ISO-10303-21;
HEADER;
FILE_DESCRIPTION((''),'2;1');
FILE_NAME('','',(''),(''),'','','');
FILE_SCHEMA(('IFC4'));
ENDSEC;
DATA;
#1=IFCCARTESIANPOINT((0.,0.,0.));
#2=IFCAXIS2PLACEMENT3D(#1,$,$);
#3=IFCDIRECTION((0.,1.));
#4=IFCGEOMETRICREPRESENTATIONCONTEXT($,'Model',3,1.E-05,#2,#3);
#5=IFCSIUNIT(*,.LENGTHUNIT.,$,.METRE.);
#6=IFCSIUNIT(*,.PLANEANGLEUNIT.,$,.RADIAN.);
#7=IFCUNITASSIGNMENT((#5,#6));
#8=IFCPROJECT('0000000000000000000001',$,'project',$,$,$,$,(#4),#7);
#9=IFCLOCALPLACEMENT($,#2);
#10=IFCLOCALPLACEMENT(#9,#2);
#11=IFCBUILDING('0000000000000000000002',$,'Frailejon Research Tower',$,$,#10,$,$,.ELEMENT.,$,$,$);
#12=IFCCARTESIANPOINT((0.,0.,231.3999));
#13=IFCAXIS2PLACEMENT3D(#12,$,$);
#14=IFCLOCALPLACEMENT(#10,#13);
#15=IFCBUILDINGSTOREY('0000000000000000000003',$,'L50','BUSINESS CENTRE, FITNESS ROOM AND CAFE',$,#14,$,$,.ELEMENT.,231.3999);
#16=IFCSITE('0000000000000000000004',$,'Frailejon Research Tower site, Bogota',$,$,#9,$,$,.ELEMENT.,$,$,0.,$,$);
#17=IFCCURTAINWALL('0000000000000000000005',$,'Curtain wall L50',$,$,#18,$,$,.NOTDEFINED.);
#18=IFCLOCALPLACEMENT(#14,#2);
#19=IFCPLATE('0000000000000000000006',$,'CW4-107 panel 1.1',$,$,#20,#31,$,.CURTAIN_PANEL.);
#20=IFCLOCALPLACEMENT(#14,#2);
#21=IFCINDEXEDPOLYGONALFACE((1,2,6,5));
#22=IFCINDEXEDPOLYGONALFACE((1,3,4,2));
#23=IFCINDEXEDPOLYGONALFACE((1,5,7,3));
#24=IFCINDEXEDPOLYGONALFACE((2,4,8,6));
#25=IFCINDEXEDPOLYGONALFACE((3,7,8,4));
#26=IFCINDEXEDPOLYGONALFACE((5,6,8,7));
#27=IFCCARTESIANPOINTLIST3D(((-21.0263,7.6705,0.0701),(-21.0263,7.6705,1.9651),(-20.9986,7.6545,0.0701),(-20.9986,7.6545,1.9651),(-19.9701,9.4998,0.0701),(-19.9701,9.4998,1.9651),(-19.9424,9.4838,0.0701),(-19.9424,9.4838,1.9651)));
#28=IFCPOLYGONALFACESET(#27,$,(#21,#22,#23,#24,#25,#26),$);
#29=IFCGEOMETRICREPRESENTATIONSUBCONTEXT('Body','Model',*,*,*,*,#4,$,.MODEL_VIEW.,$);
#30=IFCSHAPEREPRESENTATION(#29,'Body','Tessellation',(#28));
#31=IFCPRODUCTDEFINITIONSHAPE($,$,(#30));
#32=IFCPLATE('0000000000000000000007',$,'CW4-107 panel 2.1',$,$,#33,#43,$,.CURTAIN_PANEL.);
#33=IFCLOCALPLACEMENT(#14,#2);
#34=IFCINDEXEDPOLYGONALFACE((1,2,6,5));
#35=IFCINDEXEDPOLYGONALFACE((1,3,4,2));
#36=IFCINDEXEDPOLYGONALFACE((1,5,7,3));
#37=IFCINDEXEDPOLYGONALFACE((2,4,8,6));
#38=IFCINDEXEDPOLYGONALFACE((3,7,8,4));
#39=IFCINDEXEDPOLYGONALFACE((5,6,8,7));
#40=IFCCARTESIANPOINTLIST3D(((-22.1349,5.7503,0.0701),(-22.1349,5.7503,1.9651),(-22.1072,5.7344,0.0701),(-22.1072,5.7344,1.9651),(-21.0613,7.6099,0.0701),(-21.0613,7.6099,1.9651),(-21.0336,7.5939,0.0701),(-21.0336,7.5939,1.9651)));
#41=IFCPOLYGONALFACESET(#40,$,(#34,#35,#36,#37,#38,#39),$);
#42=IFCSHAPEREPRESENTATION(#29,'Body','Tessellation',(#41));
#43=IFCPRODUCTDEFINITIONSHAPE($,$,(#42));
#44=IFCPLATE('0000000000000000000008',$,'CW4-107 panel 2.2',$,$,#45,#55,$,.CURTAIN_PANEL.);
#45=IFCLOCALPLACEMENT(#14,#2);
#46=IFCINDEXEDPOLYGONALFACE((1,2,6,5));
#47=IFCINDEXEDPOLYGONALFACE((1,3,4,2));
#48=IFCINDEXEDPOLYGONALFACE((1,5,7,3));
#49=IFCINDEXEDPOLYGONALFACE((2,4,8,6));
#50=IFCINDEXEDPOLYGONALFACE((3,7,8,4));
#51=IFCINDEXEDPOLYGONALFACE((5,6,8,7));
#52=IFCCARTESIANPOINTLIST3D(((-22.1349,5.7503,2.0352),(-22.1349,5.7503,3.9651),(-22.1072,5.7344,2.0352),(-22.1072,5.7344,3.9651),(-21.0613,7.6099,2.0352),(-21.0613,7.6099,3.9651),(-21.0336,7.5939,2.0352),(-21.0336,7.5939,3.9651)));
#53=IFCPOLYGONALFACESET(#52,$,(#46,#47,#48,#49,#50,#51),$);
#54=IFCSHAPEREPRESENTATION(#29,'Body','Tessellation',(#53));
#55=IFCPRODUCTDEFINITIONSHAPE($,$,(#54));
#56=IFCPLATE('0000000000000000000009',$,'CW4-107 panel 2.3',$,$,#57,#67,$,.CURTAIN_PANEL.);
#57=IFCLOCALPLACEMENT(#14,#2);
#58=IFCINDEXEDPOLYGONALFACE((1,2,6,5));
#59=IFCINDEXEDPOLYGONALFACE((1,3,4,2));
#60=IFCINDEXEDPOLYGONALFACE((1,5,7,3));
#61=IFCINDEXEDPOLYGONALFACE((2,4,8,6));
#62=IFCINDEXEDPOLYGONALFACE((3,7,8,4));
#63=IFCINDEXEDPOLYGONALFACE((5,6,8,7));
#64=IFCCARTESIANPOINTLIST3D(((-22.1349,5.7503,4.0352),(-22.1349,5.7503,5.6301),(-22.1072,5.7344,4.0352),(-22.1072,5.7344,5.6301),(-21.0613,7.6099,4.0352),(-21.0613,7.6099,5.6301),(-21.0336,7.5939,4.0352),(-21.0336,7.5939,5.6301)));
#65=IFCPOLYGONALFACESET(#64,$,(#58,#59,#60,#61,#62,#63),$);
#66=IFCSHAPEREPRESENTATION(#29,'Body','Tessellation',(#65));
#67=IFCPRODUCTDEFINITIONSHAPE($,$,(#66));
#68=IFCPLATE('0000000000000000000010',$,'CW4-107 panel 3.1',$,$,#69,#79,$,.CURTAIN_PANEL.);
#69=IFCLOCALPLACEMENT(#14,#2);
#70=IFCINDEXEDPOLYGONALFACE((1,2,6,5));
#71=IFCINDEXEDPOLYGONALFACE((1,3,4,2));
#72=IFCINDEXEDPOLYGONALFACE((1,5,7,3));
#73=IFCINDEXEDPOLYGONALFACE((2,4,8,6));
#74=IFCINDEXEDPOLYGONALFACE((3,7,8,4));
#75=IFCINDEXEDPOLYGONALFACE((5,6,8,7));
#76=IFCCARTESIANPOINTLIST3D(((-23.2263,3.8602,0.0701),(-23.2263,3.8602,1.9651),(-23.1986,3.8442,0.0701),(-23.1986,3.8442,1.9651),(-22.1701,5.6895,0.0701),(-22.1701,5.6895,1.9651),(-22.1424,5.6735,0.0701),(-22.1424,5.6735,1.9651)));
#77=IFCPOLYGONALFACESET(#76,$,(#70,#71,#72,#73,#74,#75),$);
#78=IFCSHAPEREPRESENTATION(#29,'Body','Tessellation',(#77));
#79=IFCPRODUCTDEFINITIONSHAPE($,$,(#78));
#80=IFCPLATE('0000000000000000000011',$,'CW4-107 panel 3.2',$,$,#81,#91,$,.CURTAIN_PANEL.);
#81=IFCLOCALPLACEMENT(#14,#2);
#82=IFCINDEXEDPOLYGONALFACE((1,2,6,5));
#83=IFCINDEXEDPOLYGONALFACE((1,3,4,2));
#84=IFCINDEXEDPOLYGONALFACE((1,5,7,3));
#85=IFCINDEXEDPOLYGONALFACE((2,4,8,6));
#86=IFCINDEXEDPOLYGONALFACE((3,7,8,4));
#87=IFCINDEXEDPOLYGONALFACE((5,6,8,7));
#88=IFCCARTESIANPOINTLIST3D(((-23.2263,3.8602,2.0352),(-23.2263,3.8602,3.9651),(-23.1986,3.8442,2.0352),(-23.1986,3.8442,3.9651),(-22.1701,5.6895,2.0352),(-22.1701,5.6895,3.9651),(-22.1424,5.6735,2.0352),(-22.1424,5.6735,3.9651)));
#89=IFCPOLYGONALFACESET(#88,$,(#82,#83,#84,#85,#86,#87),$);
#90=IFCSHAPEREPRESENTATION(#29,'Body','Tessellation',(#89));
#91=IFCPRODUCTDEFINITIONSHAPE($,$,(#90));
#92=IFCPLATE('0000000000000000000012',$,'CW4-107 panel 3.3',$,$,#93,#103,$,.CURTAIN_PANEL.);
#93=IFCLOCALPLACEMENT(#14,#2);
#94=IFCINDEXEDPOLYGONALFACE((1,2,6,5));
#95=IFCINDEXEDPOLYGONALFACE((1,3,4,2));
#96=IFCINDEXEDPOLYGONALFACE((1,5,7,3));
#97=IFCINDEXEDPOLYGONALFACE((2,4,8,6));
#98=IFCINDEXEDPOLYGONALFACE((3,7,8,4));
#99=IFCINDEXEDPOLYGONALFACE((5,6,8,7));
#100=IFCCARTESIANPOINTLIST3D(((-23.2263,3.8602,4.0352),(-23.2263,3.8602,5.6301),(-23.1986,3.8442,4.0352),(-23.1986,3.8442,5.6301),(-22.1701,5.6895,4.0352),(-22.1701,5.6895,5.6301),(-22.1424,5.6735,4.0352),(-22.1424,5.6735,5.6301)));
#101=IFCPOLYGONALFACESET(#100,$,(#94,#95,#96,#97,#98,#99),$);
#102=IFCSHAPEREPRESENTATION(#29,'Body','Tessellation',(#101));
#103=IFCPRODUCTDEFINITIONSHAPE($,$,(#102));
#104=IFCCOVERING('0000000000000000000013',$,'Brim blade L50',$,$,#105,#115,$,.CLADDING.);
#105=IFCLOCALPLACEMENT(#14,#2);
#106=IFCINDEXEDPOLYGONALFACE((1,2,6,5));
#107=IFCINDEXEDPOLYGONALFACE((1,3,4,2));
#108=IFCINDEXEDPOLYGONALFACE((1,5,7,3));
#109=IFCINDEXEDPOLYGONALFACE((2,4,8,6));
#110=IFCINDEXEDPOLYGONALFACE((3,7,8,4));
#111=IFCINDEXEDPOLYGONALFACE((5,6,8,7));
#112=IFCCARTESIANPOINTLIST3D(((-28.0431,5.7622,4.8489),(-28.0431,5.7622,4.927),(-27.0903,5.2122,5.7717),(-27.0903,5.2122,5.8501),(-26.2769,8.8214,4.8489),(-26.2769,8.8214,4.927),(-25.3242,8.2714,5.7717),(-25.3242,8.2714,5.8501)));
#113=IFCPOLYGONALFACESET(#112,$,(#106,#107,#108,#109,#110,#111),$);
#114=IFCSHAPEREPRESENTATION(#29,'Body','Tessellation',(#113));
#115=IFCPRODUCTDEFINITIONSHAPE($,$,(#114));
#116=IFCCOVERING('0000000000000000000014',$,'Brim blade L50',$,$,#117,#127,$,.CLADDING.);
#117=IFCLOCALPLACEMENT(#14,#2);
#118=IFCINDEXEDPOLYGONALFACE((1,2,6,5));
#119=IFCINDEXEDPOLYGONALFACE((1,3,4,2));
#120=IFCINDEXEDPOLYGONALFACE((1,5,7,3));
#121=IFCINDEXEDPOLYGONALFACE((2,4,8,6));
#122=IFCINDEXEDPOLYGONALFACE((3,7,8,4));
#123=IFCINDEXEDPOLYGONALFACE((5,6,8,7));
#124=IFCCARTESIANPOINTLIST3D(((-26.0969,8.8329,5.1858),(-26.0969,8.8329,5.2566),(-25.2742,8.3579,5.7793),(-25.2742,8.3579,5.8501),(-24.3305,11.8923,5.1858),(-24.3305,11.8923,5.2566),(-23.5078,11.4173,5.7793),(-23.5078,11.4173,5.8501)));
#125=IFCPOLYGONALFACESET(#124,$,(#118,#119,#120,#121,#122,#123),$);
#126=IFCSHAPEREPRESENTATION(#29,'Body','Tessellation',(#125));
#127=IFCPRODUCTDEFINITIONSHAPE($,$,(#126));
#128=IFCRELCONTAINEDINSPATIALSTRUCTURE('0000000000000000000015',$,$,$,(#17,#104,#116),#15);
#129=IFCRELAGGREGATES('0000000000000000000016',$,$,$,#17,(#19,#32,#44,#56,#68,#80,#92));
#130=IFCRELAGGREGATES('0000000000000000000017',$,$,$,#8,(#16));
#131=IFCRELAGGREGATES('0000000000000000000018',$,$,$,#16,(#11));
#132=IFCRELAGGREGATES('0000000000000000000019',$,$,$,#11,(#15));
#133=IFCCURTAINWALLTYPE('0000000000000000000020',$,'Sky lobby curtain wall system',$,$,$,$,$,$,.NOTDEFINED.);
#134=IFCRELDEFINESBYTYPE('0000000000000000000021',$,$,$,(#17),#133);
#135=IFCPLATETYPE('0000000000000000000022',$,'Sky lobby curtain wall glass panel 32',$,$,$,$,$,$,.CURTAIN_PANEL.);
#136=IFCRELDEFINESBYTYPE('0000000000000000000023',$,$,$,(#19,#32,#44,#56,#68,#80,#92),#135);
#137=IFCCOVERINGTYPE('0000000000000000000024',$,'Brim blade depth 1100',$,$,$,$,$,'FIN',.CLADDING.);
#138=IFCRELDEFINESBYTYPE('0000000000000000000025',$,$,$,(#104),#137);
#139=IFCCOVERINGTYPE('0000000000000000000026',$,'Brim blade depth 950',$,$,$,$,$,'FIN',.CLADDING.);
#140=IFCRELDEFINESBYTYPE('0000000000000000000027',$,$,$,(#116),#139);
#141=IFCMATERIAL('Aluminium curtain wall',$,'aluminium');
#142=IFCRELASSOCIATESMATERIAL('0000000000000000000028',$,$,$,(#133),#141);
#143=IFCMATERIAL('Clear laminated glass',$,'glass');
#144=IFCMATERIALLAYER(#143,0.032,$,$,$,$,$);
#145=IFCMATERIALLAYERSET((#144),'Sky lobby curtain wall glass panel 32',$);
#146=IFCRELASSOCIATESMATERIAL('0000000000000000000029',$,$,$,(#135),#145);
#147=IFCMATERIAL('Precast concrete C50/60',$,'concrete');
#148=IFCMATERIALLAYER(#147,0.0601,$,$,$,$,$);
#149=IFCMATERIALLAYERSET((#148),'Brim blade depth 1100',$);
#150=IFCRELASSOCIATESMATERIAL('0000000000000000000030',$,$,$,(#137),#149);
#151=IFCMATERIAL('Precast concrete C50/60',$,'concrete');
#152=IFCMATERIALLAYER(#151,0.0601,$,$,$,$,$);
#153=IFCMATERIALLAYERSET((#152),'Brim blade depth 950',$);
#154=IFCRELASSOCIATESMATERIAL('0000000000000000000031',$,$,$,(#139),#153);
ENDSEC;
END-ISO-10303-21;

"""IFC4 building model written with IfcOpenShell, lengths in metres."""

from ifc_helpers import new_model, si_unit, direction, frame, origin, origin_2d, place, context, subcontext, project, spatial, polyline, rectangle, outline, extrude, material, layer, layer_set, type_object, element, aggregate, save


model = new_model("IFC4")

# Units and contexts
model_context = context("Model", 3, precision=1e-05, world=origin(), true_north=direction((0.0, 1.0)))
body_context = subcontext(model_context, "Body", "Model", "MODEL_VIEW")
ifc_project = project(units=[si_unit("LENGTHUNIT", "METRE"), si_unit("PLANEANGLEUNIT", "RADIAN")], contexts=[model_context])

# Site, building, storey
site_placement = place(None, origin())
site = spatial("IfcSite", under=ifc_project, at=site_placement, Name="Frailejon Research Tower site, Bogota", CompositionType="ELEMENT", RefElevation=0.0)
building_placement = place(site_placement, origin())
building = spatial("IfcBuilding", under=site, at=building_placement, Name="Frailejon Research Tower", CompositionType="ELEMENT")
storey_placement = place(building_placement, frame((0.0, 0.0, 231.3999)))
storey = spatial("IfcBuildingStorey", under=building, at=storey_placement, Name="L50", Description="BUSINESS CENTRE, FITNESS ROOM AND CAFE", CompositionType="ELEMENT", Elevation=231.3999)

# Curtain wall
ifc_material_1 = material(Name="Aluminium curtain wall", Category="aluminium")
curtain_wall_type = type_object("IfcCurtainWallType", Name="Sky lobby curtain wall system", PredefinedType="NOTDEFINED", material=ifc_material_1)
curtain_wall_placement = place(storey_placement, origin())
curtain_wall = element("IfcCurtainWall", 1, at=curtain_wall_placement, inside=storey, type_object=curtain_wall_type, Name="Curtain wall L50", PredefinedType="NOTDEFINED")

# Plates
ifc_material_2 = material(Name="Clear laminated glass", Category="glass")
ifc_layer_1 = layer(ifc_material_2, 0.032)
ifc_layer_set_1 = layer_set([ifc_layer_1], Name="Sky lobby curtain wall glass panel 32")
plate_type = type_object("IfcPlateType", Name="Sky lobby curtain wall glass panel 32", PredefinedType="CURTAIN_PANEL", material=ifc_layer_set_1)
plate_1_placement = place(storey_placement, frame((-20.4844, 8.5771, 0.0701), z_axis=(0.0, 0.0, 1.0), x_axis=(-0.5, -0.866025, 0.0)))
plate_1 = element("IfcPlate", 2, at=plate_1_placement, type_object=plate_type, Name="CW4-107 panel 1.1", PredefinedType="CURTAIN_PANEL", context=body_context, shape_type="SweptSolid", body=[
    extrude(rectangle(XDim=2.1123, YDim=0.032, at=origin_2d()), origin(), (0.0, 0.0, 1.0), 1.895),
])
plate_2_placement = place(storey_placement, frame((-21.5842, 6.6721, 0.0701), z_axis=(0.0, 0.0, 1.0), x_axis=(-0.5, -0.866025, 0.0)))
plate_2 = element("IfcPlate", 3, at=plate_2_placement, type_object=plate_type, Name="CW4-107 panel 2.1", PredefinedType="CURTAIN_PANEL", context=body_context, shape_type="SweptSolid", body=[
    extrude(rectangle(XDim=2.1472, YDim=0.032, at=origin_2d()), origin(), (0.0, 0.0, 1.0), 1.895),
])
plate_3_placement = place(storey_placement, frame((-21.5842, 6.6721, 2.0352), z_axis=(0.0, 0.0, 1.0), x_axis=(-0.5, -0.866025, 0.0)))
plate_3 = element("IfcPlate", 4, at=plate_3_placement, type_object=plate_type, Name="CW4-107 panel 2.2", PredefinedType="CURTAIN_PANEL", context=body_context, shape_type="SweptSolid", body=[
    extrude(rectangle(XDim=2.1472, YDim=0.032, at=origin_2d()), origin(), (0.0, 0.0, 1.0), 1.9299),
])
plate_4_placement = place(storey_placement, frame((-21.5842, 6.6721, 4.0352), z_axis=(0.0, 0.0, 1.0), x_axis=(-0.5, -0.866025, 0.0)))
plate_4 = element("IfcPlate", 5, at=plate_4_placement, type_object=plate_type, Name="CW4-107 panel 2.3", PredefinedType="CURTAIN_PANEL", context=body_context, shape_type="SweptSolid", body=[
    extrude(rectangle(XDim=2.1472, YDim=0.032, at=origin_2d()), origin(), (0.0, 0.0, 1.0), 1.595),
])
plate_5_placement = place(storey_placement, frame((-22.6843, 4.7668, 0.0701), z_axis=(0.0, 0.0, 1.0), x_axis=(-0.5, -0.866025, 0.0)))
plate_5 = element("IfcPlate", 6, at=plate_5_placement, type_object=plate_type, Name="CW4-107 panel 3.1", PredefinedType="CURTAIN_PANEL", context=body_context, shape_type="SweptSolid", body=[
    extrude(rectangle(XDim=2.1123, YDim=0.032, at=origin_2d()), origin(), (0.0, 0.0, 1.0), 1.895),
])
plate_6_placement = place(storey_placement, frame((-22.6843, 4.7668, 2.0352), z_axis=(0.0, 0.0, 1.0), x_axis=(-0.5, -0.866025, 0.0)))
plate_6 = element("IfcPlate", 7, at=plate_6_placement, type_object=plate_type, Name="CW4-107 panel 3.2", PredefinedType="CURTAIN_PANEL", context=body_context, shape_type="SweptSolid", body=[
    extrude(rectangle(XDim=2.1123, YDim=0.032, at=origin_2d()), origin(), (0.0, 0.0, 1.0), 1.9299),
])
plate_7_placement = place(storey_placement, frame((-22.6843, 4.7668, 4.0352), z_axis=(0.0, 0.0, 1.0), x_axis=(-0.5, -0.866025, 0.0)))
plate_7 = element("IfcPlate", 8, at=plate_7_placement, type_object=plate_type, Name="CW4-107 panel 3.3", PredefinedType="CURTAIN_PANEL", context=body_context, shape_type="SweptSolid", body=[
    extrude(rectangle(XDim=2.1123, YDim=0.032, at=origin_2d()), origin(), (0.0, 0.0, 1.0), 1.595),
])
aggregate(curtain_wall, [plate_1, plate_2, plate_3, plate_4, plate_5, plate_6, plate_7])

# Coverings
ifc_material_3 = material(Name="Precast concrete C50/60", Category="concrete")
ifc_layer_2 = layer(ifc_material_3, 0.0601)
ifc_layer_set_2 = layer_set([ifc_layer_2], Name="Brim blade depth 1100")
covering_type_1 = type_object("IfcCoveringType", Name="Brim blade depth 1100", ElementType="FIN", PredefinedType="CLADDING", material=ifc_layer_set_2)
covering_1_placement = place(storey_placement, frame((-27.0903, 5.2122, 5.8501), z_axis=(0.499982, 0.866036, 0.0), x_axis=(-0.866036, 0.499982, 0.0)))
element("IfcCovering", 9, at=covering_1_placement, inside=storey, type_object=covering_type_1, Name="Brim blade L50", PredefinedType="CLADDING", context=body_context, shape_type="SweptSolid", body=[
    extrude(outline(polyline([(0.0, -0.0784), (1.1001, -1.0012), (1.1001, -0.9231), (0.0, 0.0), (0.0, -0.0784)])), origin(), (0.0, 0.0, 1.0), 3.5325),
])
ifc_material_4 = material(Name="Precast concrete C50/60", Category="concrete")
ifc_layer_3 = layer(ifc_material_4, 0.0601)
ifc_layer_set_3 = layer_set([ifc_layer_3], Name="Brim blade depth 950")
covering_type_2 = type_object("IfcCoveringType", Name="Brim blade depth 950", ElementType="FIN", PredefinedType="CLADDING", material=ifc_layer_set_3)
covering_2_placement = place(storey_placement, frame((-25.2742, 8.3579, 5.8501), z_axis=(0.500003, 0.866024, 0.0), x_axis=(-0.866024, 0.500003, 0.0)))
element("IfcCovering", 10, at=covering_2_placement, inside=storey, type_object=covering_type_2, Name="Brim blade L50", PredefinedType="CLADDING", context=body_context, shape_type="SweptSolid", body=[
    extrude(outline(polyline([(0.0, -0.0708), (0.95, -0.6643), (0.95, -0.5935), (0.0, 0.0), (0.0, -0.0708)])), origin(), (0.0, 0.0, 1.0), 3.5327),
])

save(model, "model.ifc")
